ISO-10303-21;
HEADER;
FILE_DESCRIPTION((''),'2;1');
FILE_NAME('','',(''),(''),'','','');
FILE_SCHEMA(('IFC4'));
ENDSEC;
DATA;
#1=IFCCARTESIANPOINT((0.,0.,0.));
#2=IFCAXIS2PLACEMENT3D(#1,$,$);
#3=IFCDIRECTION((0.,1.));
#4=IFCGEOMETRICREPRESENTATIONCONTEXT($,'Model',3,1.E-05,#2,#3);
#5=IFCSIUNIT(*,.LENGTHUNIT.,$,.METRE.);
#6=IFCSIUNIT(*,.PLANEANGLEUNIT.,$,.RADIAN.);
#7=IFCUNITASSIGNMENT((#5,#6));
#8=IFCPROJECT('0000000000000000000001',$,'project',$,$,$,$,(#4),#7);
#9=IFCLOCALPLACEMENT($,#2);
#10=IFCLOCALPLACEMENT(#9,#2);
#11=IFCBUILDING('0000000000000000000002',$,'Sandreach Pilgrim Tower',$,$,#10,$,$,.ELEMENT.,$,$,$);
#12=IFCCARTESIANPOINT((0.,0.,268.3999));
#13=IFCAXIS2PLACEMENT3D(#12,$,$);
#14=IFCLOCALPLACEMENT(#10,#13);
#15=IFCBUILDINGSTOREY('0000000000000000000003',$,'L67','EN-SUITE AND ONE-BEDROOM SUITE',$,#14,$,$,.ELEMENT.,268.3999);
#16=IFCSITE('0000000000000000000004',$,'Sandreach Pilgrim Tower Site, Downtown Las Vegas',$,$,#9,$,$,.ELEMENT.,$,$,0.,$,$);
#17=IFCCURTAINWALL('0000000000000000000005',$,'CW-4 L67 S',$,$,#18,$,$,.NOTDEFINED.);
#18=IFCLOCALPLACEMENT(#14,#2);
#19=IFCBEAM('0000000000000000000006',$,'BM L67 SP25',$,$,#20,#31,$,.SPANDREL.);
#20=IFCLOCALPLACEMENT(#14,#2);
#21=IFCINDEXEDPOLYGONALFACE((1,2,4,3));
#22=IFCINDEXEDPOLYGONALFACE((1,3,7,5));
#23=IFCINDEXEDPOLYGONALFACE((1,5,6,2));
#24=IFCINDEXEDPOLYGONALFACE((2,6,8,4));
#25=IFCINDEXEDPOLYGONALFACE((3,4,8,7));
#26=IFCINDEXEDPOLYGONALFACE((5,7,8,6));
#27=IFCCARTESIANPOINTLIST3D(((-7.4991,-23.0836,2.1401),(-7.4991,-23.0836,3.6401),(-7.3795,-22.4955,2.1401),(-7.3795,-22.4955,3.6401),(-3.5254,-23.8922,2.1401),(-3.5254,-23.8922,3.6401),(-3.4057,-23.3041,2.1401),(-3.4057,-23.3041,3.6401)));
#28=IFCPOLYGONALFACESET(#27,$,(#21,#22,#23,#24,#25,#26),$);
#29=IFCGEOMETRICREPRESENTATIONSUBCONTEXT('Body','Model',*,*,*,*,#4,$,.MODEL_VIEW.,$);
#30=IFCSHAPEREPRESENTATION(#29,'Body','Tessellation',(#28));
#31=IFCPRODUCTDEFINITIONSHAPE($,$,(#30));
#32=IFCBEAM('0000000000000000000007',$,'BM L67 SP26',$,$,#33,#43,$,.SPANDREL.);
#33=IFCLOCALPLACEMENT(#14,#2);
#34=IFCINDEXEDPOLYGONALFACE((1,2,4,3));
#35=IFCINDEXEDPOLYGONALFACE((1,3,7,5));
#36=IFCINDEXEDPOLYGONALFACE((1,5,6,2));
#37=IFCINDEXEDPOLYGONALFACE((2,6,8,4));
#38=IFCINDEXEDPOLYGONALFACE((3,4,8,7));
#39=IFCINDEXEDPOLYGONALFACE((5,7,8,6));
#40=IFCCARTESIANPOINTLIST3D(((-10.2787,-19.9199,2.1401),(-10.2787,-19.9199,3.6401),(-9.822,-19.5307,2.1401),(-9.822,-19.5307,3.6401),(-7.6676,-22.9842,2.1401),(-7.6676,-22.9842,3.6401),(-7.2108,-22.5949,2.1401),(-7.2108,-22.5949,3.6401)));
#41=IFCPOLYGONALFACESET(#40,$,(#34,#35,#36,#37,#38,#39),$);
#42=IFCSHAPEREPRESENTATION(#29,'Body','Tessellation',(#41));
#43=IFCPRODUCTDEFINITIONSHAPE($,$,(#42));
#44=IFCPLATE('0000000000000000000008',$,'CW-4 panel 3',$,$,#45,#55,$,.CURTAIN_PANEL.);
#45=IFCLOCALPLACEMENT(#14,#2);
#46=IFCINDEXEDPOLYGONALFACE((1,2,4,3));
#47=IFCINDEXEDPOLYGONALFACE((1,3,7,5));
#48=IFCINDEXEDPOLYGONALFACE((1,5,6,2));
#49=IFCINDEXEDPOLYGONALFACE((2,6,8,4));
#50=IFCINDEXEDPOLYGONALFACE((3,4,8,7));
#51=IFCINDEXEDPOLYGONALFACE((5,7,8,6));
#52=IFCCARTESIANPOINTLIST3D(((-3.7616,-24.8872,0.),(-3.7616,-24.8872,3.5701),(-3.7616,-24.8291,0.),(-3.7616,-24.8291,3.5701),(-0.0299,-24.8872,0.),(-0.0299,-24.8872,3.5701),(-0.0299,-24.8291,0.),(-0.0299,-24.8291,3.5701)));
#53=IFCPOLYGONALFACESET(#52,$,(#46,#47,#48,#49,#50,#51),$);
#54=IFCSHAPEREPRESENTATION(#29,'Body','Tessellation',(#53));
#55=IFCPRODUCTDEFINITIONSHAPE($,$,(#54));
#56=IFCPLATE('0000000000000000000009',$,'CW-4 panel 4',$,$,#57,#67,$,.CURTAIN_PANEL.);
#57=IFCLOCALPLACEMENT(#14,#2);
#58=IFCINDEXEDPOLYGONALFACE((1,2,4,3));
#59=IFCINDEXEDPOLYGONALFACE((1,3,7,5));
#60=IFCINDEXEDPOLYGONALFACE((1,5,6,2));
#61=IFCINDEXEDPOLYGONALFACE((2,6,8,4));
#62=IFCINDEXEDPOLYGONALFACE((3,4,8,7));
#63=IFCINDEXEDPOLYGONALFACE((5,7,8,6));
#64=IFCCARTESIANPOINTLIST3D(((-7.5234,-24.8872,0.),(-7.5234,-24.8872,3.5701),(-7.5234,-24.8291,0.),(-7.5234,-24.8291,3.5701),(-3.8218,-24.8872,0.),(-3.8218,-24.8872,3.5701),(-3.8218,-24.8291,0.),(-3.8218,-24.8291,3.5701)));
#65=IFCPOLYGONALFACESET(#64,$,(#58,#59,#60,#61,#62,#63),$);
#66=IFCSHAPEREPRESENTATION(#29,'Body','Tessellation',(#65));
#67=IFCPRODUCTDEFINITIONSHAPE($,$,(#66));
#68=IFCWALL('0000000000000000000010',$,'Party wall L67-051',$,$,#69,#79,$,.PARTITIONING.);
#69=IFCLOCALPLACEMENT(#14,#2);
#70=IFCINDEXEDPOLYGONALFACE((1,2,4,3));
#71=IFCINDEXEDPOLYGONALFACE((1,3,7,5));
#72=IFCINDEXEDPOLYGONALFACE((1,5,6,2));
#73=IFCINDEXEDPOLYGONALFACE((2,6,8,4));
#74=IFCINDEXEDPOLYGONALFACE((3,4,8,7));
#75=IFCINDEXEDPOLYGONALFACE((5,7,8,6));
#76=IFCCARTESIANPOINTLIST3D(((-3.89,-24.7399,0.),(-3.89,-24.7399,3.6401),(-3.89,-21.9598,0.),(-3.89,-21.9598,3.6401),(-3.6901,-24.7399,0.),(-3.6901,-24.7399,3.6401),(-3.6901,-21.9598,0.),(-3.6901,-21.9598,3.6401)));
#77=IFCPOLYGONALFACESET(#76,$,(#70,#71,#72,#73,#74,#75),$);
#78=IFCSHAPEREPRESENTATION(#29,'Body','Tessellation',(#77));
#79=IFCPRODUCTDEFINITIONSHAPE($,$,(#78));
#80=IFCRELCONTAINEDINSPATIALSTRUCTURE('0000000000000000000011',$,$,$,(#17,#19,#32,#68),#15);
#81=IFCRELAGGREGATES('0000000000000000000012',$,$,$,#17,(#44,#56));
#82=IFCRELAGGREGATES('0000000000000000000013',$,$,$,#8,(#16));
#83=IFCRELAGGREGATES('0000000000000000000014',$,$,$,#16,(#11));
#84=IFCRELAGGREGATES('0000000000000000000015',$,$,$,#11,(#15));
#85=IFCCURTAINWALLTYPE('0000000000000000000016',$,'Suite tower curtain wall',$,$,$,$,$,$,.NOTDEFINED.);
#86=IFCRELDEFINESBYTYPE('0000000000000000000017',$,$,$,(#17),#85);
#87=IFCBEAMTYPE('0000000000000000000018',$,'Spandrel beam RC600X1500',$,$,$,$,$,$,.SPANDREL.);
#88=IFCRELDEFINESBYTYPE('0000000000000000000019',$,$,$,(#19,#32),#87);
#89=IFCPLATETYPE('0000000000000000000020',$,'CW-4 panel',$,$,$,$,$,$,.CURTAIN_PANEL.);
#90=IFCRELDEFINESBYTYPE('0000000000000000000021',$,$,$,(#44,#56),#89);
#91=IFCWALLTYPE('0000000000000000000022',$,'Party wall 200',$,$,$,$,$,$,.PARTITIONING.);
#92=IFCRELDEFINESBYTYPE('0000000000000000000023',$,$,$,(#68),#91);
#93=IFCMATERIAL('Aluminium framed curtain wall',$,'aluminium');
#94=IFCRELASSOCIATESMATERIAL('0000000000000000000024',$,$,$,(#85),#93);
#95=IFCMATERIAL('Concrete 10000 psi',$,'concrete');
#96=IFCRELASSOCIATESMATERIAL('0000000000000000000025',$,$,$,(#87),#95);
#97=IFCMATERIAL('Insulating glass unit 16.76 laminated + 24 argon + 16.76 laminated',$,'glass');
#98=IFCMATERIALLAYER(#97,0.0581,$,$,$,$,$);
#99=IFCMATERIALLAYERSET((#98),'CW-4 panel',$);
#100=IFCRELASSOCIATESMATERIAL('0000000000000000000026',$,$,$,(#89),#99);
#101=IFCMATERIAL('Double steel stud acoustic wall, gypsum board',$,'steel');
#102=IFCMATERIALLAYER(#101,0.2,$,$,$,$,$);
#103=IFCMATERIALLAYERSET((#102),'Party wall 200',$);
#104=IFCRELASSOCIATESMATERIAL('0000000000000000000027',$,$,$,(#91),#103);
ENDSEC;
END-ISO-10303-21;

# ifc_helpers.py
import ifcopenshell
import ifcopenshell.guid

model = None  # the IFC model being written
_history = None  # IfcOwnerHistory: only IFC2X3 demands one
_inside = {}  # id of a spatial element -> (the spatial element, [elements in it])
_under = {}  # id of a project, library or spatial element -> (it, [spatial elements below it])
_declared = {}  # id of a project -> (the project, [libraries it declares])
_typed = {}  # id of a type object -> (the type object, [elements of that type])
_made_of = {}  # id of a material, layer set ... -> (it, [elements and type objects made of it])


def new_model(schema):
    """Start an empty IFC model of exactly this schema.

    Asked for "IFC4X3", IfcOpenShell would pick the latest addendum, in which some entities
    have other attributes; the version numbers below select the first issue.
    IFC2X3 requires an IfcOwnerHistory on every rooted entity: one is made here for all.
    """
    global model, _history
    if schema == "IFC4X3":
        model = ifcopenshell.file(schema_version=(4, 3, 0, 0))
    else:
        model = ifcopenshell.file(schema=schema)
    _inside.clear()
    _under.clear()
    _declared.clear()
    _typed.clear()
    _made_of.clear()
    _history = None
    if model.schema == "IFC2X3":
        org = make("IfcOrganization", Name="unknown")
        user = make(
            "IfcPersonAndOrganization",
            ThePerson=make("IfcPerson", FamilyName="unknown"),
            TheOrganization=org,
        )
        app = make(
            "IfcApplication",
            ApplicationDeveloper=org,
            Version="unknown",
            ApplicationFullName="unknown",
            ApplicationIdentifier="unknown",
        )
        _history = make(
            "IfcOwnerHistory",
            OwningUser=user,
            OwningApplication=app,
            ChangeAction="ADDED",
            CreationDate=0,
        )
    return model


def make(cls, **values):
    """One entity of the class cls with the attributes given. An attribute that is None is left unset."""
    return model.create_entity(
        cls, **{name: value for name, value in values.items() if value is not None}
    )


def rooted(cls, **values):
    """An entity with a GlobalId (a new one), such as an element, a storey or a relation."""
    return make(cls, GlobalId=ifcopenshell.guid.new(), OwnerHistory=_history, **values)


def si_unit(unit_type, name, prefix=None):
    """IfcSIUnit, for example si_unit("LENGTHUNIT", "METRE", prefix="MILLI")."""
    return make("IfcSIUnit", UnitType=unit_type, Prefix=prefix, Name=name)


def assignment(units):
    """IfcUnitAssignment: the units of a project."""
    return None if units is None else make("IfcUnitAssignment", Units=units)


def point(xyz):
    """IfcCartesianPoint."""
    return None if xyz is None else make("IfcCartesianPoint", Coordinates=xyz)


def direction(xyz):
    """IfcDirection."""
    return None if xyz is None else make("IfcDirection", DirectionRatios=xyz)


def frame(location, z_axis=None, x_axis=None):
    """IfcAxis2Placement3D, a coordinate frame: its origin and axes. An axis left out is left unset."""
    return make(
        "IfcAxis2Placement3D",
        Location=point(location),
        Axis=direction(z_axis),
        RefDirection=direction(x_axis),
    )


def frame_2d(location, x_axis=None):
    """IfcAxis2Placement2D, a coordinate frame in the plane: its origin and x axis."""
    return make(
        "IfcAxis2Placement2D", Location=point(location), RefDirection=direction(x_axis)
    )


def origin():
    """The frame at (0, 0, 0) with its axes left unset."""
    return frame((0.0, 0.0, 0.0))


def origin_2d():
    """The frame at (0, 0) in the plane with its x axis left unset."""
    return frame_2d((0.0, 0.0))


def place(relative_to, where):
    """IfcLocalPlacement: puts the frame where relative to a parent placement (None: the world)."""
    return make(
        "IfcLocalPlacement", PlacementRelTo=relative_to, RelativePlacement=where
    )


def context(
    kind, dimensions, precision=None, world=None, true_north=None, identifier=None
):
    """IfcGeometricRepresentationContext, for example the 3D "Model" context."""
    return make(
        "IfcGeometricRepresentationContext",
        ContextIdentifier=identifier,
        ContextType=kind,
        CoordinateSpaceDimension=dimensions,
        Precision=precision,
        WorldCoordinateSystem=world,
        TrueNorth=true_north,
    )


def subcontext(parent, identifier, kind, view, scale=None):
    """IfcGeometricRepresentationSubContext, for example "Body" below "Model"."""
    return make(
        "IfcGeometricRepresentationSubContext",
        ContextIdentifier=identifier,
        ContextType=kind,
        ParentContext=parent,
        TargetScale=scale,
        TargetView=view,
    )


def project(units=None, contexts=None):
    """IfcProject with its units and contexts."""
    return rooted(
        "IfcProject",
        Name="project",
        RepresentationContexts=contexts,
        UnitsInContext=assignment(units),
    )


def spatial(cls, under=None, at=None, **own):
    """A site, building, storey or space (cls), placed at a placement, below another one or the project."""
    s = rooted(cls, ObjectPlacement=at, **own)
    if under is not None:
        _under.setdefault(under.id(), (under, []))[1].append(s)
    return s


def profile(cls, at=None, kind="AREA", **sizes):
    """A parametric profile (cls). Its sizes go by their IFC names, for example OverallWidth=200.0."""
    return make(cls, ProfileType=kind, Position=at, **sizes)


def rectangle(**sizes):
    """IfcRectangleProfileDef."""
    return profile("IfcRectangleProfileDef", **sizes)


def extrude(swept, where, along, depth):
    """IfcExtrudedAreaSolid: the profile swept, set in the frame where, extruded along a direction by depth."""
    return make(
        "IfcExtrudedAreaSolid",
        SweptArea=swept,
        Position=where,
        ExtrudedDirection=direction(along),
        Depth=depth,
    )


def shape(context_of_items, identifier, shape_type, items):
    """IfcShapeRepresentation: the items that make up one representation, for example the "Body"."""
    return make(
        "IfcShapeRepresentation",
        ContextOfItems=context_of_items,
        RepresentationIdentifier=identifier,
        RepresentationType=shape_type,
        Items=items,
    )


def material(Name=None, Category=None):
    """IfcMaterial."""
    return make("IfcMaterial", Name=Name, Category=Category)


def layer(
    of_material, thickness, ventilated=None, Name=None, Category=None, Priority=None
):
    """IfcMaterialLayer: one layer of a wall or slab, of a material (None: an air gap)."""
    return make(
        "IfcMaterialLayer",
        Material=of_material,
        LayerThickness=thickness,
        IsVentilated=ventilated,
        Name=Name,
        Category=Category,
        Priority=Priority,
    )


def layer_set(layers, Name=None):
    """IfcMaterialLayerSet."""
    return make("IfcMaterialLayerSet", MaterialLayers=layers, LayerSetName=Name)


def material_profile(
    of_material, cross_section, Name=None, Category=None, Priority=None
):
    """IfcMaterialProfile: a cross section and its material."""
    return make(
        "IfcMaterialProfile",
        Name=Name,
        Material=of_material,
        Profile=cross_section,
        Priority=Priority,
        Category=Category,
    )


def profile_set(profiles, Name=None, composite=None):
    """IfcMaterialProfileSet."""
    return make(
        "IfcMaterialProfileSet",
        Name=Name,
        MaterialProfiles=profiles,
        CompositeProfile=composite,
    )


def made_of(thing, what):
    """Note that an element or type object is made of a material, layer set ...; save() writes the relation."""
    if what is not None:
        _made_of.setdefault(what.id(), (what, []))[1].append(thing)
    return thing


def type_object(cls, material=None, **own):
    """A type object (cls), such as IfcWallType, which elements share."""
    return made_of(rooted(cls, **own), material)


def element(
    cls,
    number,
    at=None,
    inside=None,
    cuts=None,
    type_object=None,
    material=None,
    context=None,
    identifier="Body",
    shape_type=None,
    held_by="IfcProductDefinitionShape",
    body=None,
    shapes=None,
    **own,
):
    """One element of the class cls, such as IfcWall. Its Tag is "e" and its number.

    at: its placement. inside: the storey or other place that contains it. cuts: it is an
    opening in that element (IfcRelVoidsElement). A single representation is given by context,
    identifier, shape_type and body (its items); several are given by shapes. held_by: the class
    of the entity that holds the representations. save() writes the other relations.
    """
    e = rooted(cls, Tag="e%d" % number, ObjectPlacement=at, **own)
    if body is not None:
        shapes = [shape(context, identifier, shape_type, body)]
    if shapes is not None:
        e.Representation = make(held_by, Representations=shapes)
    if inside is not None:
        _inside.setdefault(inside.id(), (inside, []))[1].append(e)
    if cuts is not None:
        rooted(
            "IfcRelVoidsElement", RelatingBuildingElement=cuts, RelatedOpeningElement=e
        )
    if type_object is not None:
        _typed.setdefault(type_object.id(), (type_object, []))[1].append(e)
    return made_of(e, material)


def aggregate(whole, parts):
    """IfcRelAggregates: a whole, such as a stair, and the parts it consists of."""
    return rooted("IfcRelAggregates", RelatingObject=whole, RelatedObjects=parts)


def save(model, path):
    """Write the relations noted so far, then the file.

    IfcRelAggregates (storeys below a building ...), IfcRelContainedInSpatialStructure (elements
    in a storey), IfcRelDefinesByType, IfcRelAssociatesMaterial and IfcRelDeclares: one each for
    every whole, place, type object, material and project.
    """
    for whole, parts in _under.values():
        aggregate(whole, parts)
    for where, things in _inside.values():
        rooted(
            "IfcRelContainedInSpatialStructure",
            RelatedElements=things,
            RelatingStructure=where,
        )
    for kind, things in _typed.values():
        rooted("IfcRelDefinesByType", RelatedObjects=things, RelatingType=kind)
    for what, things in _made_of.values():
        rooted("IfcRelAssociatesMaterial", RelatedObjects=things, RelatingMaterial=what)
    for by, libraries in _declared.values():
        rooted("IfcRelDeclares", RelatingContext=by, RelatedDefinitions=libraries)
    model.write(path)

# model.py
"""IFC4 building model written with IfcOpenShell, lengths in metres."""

from ifc_helpers import new_model, si_unit, direction, frame, frame_2d, origin, origin_2d, place, context, subcontext, project, spatial, rectangle, extrude, material, layer, layer_set, material_profile, profile_set, type_object, element, aggregate, save


model = new_model("IFC4")

# Units and contexts
model_context = context("Model", 3, precision=1e-05, world=origin(), true_north=direction((0.0, 1.0)))
body_context = subcontext(model_context, "Body", "Model", "MODEL_VIEW")
ifc_project = project(units=[si_unit("LENGTHUNIT", "METRE"), si_unit("PLANEANGLEUNIT", "RADIAN")], contexts=[model_context])

# Site, building, storey
site_placement = place(None, origin())
site = spatial("IfcSite", under=ifc_project, at=site_placement, Name="Sandreach Pilgrim Tower Site, Downtown Las Vegas", CompositionType="ELEMENT", RefElevation=0.0)
building_placement = place(site_placement, origin())
building = spatial("IfcBuilding", under=site, at=building_placement, Name="Sandreach Pilgrim Tower", CompositionType="ELEMENT")
storey_placement = place(building_placement, frame((0.0, 0.0, 268.3999)))
storey = spatial("IfcBuildingStorey", under=building, at=storey_placement, Name="L67", Description="EN-SUITE AND ONE-BEDROOM SUITE", CompositionType="ELEMENT", Elevation=268.3999)

# Curtain wall
ifc_material_1 = material(Name="Aluminium framed curtain wall", Category="aluminium")
curtain_wall_type = type_object("IfcCurtainWallType", Name="Suite tower curtain wall", PredefinedType="NOTDEFINED", material=ifc_material_1)
curtain_wall_placement = place(storey_placement, origin())
curtain_wall = element("IfcCurtainWall", 1, at=curtain_wall_placement, inside=storey, type_object=curtain_wall_type, Name="CW-4 L67 S", PredefinedType="NOTDEFINED")

# Beams
ifc_material_2 = material(Name="Concrete 10000 psi", Category="concrete")
ifc_material_profile_1 = material_profile(ifc_material_2, rectangle(XDim=0.6001, YDim=1.5, at=origin_2d()), Name="RC600X1500")
ifc_profile_set_1 = profile_set([ifc_material_profile_1], Name="Concrete 10000 psi")
beam_type_1 = type_object("IfcBeamType", Name="Spandrel beam RC600X1500", PredefinedType="SPANDREL", material=ifc_profile_set_1)
beam_1_placement = place(storey_placement, frame((-3.4656, -23.5981, 2.8901), z_axis=(-0.979918, 0.199403, 0.0), x_axis=(-0.199403, -0.979918, 0.0)))
element("IfcBeam", 2, at=beam_1_placement, inside=storey, type_object=beam_type_1, Name="BM L67 SP25", PredefinedType="SPANDREL", context=body_context, shape_type="SweptSolid", body=[
    extrude(rectangle(XDim=0.6001, YDim=1.5, at=origin_2d()), origin(), (0.0, 0.0, 1.0), 4.0552),
])
beam_2_placement = place(storey_placement, frame((-7.4392, -22.7896, 2.8901), z_axis=(-0.648586, 0.761141, 0.0), x_axis=(-0.761141, -0.648586, 0.0)))
element("IfcBeam", 3, at=beam_2_placement, inside=storey, type_object=beam_type_1, Name="BM L67 SP26", PredefinedType="SPANDREL", context=body_context, shape_type="SweptSolid", body=[
    extrude(rectangle(XDim=0.6001, YDim=1.5, at=origin_2d()), origin(), (0.0, 0.0, 1.0), 4.0259),
])

# Plates
ifc_material_3 = material(Name="Insulating glass unit 16.76 laminated + 24 argon + 16.76 laminated", Category="glass")
ifc_layer_1 = layer(ifc_material_3, 0.0581)
ifc_layer_set_1 = layer_set([ifc_layer_1], Name="CW-4 panel")
plate_type = type_object("IfcPlateType", Name="CW-4 panel", PredefinedType="CURTAIN_PANEL", material=ifc_layer_set_1)
plate_1_placement = place(storey_placement, frame((-1.8958, -24.8582, 0.0), z_axis=(0.0, 0.0, 1.0), x_axis=(-1.0, 0.0, 0.0)))
plate_1 = element("IfcPlate", 4, at=plate_1_placement, type_object=plate_type, Name="CW-4 panel 3", PredefinedType="CURTAIN_PANEL", context=body_context, shape_type="SweptSolid", body=[
    extrude(rectangle(XDim=3.7317, YDim=0.0581, at=origin_2d()), origin(), (0.0, 0.0, 1.0), 3.5701),
])
plate_2_placement = place(storey_placement, frame((-5.6726, -24.8582, 0.0), z_axis=(0.0, 0.0, 1.0), x_axis=(-1.0, 0.0, 0.0)))
plate_2 = element("IfcPlate", 5, at=plate_2_placement, type_object=plate_type, Name="CW-4 panel 4", PredefinedType="CURTAIN_PANEL", context=body_context, shape_type="SweptSolid", body=[
    extrude(rectangle(XDim=3.7017, YDim=0.0581, at=origin_2d()), origin(), (0.0, 0.0, 1.0), 3.5701),
])
aggregate(curtain_wall, [plate_1, plate_2])

# Wall
ifc_material_4 = material(Name="Double steel stud acoustic wall, gypsum board", Category="steel")
ifc_layer_2 = layer(ifc_material_4, 0.2)
ifc_layer_set_2 = layer_set([ifc_layer_2], Name="Party wall 200")
wall_type = type_object("IfcWallType", Name="Party wall 200", PredefinedType="PARTITIONING", material=ifc_layer_set_2)
wall_placement = place(storey_placement, frame((-3.79, -24.74, 0.0), z_axis=(0.0, 0.0, 1.0), x_axis=(0.0, 1.0, 0.0)))
element("IfcWall", 6, at=wall_placement, inside=storey, type_object=wall_type, Name="Party wall L67-051", PredefinedType="PARTITIONING", context=body_context, shape_type="SweptSolid", body=[
    extrude(rectangle(XDim=2.78, YDim=0.2, at=frame_2d((1.3901, 0.0))), origin(), (0.0, 0.0, 1.0), 3.6401),
])

save(model, "model.ifc")
